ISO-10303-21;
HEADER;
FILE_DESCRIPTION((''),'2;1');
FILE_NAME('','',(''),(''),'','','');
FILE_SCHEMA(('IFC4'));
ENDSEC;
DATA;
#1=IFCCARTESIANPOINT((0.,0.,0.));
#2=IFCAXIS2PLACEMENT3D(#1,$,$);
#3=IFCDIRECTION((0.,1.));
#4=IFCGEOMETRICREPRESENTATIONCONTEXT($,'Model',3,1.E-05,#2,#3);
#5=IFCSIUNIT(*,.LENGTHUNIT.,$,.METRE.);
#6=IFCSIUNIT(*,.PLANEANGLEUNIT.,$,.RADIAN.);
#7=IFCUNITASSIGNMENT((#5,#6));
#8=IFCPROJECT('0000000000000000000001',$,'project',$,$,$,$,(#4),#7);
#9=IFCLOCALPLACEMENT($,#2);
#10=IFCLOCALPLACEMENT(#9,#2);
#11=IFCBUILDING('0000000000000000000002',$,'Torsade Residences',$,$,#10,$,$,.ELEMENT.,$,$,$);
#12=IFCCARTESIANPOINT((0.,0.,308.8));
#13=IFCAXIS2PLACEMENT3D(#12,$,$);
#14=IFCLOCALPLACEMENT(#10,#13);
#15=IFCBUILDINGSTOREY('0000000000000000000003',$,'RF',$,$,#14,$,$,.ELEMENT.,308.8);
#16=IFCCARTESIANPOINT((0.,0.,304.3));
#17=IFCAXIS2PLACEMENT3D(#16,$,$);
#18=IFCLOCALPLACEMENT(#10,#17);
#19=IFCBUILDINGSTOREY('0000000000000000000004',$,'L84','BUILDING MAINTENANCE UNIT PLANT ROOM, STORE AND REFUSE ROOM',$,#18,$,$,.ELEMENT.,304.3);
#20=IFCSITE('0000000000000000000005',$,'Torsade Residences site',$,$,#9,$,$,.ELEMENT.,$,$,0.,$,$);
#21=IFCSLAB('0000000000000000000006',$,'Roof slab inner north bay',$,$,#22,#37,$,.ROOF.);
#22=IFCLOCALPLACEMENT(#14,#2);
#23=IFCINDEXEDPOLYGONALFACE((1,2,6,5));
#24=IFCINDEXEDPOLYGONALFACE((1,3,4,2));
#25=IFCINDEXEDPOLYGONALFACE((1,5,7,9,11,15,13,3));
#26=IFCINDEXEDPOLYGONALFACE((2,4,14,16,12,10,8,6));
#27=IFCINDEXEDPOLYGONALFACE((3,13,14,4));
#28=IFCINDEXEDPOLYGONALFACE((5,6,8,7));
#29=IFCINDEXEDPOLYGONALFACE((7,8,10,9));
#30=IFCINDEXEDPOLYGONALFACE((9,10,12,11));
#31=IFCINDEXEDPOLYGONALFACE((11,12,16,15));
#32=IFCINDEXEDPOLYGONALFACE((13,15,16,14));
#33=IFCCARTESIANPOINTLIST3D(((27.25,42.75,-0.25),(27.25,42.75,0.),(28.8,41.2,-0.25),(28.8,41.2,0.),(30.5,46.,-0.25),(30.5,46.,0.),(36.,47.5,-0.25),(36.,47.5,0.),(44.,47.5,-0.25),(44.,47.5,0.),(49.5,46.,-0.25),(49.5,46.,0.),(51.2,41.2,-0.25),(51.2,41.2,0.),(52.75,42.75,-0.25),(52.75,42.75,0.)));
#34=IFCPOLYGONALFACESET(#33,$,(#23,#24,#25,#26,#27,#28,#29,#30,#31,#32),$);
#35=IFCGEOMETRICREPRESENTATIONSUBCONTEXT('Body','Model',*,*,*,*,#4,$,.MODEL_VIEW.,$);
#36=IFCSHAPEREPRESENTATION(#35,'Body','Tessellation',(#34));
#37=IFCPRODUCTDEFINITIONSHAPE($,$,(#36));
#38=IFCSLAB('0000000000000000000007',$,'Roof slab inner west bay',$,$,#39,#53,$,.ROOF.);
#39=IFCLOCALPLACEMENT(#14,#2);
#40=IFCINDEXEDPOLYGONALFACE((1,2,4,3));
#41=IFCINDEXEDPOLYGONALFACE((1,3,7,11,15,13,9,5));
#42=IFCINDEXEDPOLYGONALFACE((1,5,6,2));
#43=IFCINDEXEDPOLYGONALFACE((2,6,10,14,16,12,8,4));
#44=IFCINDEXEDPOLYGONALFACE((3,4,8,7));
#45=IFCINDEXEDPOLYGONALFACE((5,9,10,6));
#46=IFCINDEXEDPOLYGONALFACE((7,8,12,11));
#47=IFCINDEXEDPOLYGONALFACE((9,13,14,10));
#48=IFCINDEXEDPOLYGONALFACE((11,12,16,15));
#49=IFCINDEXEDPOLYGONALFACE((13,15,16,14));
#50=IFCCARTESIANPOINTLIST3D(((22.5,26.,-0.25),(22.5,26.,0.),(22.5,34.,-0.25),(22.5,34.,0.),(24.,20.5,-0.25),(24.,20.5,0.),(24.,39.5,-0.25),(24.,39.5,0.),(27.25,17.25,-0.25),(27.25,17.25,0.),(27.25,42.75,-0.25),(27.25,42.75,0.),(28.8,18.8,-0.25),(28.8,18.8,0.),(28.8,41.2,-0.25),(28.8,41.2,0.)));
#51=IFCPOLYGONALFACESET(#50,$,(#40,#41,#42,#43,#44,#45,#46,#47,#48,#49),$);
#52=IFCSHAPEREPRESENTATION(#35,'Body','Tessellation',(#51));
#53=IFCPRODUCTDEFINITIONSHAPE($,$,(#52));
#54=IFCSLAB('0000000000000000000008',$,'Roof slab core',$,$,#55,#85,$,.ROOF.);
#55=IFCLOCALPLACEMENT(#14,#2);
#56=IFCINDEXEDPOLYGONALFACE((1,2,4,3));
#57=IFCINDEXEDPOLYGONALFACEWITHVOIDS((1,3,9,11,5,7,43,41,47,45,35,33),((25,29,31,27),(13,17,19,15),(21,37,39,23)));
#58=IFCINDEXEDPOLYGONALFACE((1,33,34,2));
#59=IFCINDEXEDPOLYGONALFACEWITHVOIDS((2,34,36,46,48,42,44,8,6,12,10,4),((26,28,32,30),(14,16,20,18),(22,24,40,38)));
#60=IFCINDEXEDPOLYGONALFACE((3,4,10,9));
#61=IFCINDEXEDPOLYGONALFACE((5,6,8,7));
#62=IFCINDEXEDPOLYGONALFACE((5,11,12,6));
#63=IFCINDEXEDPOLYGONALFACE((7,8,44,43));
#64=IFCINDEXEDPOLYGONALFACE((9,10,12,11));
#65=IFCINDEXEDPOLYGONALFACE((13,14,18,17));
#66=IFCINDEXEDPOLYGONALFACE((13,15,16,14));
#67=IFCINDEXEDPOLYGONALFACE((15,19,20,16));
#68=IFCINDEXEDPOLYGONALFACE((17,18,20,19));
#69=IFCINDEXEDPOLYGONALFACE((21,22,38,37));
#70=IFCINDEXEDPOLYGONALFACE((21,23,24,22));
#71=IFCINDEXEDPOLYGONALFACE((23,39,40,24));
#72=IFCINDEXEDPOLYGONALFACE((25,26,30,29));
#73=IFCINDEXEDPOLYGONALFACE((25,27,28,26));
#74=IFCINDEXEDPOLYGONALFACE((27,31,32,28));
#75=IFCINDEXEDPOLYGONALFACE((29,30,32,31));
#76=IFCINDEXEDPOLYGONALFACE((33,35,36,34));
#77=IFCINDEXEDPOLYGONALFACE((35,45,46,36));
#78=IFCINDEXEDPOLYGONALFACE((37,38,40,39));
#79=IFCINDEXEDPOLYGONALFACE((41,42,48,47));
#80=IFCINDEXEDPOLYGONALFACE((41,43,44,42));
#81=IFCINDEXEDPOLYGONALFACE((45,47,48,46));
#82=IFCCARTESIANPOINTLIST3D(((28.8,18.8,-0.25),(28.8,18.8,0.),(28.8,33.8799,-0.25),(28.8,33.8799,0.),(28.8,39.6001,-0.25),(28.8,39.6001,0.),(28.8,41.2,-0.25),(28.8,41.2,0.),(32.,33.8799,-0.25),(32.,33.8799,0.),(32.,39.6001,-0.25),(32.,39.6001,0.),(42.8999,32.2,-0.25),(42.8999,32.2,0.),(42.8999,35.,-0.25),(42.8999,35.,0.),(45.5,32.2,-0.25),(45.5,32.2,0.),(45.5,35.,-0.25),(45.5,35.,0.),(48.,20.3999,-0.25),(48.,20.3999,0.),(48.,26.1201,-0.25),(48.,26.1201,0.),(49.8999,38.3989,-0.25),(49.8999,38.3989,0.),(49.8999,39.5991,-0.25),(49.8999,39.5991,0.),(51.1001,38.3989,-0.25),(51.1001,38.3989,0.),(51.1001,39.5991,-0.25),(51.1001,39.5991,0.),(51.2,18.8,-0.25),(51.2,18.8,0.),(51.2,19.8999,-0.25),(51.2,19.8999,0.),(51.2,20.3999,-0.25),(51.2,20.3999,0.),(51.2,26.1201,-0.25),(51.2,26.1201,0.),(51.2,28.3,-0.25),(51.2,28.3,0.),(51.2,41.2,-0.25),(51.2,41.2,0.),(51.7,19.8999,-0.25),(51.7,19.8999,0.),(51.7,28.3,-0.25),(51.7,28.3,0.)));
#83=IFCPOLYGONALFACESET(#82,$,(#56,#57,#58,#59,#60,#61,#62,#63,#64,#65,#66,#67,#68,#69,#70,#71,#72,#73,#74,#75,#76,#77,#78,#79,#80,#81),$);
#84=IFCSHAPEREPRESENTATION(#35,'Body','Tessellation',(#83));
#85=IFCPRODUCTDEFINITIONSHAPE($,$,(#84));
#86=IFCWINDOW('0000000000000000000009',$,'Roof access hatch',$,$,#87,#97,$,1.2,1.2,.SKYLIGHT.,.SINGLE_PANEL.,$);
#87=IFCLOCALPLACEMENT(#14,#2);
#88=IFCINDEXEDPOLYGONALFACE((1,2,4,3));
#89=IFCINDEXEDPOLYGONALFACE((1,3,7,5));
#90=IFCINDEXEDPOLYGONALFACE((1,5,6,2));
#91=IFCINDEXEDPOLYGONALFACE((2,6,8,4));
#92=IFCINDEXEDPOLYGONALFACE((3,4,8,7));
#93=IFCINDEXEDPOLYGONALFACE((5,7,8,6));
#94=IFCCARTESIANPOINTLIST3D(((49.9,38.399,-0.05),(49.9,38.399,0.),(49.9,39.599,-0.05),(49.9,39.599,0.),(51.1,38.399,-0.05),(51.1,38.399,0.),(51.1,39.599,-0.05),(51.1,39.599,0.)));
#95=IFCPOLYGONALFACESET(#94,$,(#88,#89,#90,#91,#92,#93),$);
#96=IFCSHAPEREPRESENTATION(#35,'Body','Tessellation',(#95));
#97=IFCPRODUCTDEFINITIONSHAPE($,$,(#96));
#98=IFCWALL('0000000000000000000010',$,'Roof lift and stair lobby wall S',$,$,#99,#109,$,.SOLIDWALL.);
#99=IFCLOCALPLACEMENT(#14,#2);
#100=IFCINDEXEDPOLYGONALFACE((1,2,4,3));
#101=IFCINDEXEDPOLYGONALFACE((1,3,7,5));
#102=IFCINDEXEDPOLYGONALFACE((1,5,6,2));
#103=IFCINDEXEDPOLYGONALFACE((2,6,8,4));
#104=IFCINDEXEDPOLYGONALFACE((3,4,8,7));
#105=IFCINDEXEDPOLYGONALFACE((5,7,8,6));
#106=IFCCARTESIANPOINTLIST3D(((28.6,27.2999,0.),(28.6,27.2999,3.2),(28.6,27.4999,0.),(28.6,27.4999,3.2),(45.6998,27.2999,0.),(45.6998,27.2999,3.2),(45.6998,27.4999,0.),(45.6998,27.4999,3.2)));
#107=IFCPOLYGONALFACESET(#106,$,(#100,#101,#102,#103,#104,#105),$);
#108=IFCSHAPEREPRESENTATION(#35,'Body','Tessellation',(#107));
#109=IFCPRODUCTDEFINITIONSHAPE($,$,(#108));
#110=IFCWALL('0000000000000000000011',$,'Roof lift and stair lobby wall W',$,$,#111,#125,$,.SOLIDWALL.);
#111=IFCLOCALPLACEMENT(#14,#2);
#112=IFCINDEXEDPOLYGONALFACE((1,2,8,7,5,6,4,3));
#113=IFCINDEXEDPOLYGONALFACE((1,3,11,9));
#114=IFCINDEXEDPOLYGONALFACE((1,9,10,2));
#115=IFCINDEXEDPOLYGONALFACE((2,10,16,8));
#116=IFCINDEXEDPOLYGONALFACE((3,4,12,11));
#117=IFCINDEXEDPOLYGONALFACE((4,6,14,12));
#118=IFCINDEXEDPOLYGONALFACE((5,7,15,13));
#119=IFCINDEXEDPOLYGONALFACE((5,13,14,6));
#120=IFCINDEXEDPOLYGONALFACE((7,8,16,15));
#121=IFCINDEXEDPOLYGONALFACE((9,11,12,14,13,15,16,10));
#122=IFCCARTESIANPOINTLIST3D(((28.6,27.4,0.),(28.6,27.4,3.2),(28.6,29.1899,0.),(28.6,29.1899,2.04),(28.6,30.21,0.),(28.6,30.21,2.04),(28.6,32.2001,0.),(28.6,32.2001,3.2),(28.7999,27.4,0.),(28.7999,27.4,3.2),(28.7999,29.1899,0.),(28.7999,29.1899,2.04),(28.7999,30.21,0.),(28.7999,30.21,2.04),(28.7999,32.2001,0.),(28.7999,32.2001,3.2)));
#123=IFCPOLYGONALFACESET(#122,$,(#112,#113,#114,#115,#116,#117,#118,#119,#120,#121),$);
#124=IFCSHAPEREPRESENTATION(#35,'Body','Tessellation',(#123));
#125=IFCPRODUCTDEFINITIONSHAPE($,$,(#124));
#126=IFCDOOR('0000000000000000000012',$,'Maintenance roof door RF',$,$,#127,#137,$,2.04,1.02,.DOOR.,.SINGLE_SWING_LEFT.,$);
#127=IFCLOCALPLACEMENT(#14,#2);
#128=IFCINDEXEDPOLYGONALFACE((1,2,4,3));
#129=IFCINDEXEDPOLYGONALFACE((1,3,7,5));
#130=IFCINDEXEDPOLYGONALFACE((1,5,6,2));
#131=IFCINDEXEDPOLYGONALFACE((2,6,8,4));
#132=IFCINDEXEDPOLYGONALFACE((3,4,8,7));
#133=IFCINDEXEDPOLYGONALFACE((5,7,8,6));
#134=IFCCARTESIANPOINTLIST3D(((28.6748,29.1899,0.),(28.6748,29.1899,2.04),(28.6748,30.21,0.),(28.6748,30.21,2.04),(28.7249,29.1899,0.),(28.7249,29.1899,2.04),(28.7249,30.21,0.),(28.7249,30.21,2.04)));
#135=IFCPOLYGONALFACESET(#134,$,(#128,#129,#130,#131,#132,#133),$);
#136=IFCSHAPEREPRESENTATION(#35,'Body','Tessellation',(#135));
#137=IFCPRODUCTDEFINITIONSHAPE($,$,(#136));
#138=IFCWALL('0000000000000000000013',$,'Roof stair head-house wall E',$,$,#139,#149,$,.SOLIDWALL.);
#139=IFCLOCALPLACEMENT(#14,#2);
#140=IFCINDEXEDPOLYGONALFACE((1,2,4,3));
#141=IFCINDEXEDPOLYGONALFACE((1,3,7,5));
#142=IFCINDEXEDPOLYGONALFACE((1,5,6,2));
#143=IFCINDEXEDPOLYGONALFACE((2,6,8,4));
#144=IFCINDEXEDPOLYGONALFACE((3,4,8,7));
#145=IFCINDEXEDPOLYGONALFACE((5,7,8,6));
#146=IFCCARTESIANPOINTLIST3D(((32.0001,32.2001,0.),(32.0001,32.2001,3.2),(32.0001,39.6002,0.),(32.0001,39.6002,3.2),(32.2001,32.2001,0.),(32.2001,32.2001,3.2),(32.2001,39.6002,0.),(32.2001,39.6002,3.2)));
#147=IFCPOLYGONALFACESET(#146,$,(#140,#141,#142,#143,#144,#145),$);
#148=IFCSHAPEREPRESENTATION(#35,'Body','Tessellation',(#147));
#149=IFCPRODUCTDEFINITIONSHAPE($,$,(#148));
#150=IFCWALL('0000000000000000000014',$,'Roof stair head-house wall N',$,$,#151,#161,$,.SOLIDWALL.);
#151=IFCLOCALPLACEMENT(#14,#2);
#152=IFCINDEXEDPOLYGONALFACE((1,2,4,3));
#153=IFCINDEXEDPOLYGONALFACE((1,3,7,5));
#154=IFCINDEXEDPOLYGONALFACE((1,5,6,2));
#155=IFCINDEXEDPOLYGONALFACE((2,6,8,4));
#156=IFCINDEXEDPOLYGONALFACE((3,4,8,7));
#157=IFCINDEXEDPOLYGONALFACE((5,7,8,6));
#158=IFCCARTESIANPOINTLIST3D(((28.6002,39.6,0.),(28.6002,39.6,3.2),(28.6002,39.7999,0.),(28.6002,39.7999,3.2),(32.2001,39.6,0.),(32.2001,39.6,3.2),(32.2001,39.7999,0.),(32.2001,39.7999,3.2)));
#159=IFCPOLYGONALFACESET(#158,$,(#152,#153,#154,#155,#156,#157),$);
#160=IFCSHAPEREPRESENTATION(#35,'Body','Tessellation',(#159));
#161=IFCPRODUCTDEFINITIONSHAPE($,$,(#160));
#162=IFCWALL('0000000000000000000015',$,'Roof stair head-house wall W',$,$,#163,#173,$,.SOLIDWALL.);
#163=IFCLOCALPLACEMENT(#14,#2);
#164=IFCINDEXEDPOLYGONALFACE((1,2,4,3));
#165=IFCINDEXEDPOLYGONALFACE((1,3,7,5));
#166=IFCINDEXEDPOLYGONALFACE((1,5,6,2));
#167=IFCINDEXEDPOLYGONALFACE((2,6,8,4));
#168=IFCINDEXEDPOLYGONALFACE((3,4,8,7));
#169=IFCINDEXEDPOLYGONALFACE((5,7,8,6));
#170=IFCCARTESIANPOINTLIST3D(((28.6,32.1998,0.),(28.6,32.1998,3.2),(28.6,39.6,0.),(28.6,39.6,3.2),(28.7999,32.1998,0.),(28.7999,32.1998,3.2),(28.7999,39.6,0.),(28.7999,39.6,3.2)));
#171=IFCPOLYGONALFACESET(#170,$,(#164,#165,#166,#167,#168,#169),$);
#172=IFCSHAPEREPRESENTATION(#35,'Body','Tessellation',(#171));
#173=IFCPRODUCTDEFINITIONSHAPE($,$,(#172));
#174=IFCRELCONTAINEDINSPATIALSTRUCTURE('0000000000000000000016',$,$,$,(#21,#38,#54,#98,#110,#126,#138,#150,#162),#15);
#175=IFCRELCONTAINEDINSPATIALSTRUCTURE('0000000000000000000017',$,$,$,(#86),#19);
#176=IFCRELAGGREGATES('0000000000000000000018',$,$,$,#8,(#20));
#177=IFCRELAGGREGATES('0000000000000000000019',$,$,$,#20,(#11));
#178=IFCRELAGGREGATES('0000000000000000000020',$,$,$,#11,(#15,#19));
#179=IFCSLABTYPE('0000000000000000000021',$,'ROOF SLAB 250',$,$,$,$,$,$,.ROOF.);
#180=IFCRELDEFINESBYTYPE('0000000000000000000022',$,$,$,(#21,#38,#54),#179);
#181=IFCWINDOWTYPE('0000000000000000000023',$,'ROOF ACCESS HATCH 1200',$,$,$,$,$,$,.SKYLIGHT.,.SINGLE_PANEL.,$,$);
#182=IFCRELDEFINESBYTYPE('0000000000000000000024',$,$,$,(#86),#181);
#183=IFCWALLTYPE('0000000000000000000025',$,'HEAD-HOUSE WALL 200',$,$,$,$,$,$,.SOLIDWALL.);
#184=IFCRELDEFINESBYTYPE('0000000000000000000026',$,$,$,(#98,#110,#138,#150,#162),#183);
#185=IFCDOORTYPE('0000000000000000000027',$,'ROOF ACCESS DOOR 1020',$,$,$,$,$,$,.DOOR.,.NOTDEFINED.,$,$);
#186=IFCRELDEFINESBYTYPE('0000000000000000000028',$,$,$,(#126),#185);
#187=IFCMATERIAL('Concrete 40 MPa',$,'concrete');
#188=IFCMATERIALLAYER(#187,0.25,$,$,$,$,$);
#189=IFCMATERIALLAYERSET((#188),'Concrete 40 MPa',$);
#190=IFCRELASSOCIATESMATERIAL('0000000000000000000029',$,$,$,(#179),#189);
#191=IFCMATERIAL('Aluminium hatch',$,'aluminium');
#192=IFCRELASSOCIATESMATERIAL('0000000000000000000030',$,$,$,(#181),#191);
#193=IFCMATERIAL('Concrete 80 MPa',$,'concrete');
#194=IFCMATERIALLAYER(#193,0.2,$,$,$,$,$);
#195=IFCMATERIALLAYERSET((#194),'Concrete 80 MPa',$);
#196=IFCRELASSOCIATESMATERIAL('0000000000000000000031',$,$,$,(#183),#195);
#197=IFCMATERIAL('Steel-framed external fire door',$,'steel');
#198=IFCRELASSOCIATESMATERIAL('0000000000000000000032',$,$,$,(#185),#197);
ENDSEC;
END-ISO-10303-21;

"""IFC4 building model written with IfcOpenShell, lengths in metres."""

from ifc_helpers import new_model, si_unit, direction, frame, frame_2d, origin, origin_2d, place, context, subcontext, project, spatial, polyline, rectangle, outline, extrude, material, layer, layer_set, type_object, element, fill, save


model = new_model("IFC4")

# Units and contexts
model_context = context("Model", 3, precision=1e-05, world=origin(), true_north=direction((0.0, 1.0)))
body_context = subcontext(model_context, "Body", "Model", "MODEL_VIEW")
ifc_project = project(units=[si_unit("LENGTHUNIT", "METRE"), si_unit("PLANEANGLEUNIT", "RADIAN")], contexts=[model_context])

# Site, building, storey
site_placement = place(None, origin())
site = spatial("IfcSite", under=ifc_project, at=site_placement, Name="Torsade Residences site", CompositionType="ELEMENT", RefElevation=0.0)
building_placement = place(site_placement, origin())
building = spatial("IfcBuilding", under=site, at=building_placement, Name="Torsade Residences", CompositionType="ELEMENT")
storey_1_placement = place(building_placement, frame((0.0, 0.0, 308.8)))
storey_1 = spatial("IfcBuildingStorey", under=building, at=storey_1_placement, Name="RF", CompositionType="ELEMENT", Elevation=308.8)

# Slabs
ifc_material_1 = material(Name="Concrete 40 MPa", Category="concrete")
ifc_layer_1 = layer(ifc_material_1, 0.25)
ifc_layer_set_1 = layer_set([ifc_layer_1], Name="Concrete 40 MPa")
slab_type = type_object("IfcSlabType", Name="ROOF SLAB 250", PredefinedType="ROOF", material=ifc_layer_set_1)
slab_1_placement = place(storey_1_placement, frame((0.0, 0.0, -0.25)))
element("IfcSlab", 1, at=slab_1_placement, inside=storey_1, type_object=slab_type, Name="Roof slab inner north bay", PredefinedType="ROOF", context=body_context, shape_type="SweptSolid", body=[
    extrude(outline(polyline([(27.25, 42.75), (28.8, 41.2), (51.2, 41.2), (52.75, 42.75), (49.5, 46.0), (44.0, 47.5), (36.0, 47.5), (30.5, 46.0), (27.25, 42.75)])), origin(), (0.0, 0.0, 1.0), 0.25),
])
slab_2_placement = place(storey_1_placement, frame((0.0, 0.0, -0.25)))
element("IfcSlab", 2, at=slab_2_placement, inside=storey_1, type_object=slab_type, Name="Roof slab inner west bay", PredefinedType="ROOF", context=body_context, shape_type="SweptSolid", body=[
    extrude(outline(polyline([(27.25, 17.25), (28.8, 18.8), (28.8, 41.2), (27.25, 42.75), (24.0, 39.5), (22.5, 34.0), (22.5, 26.0), (24.0, 20.5), (27.25, 17.25)])), origin(), (0.0, 0.0, 1.0), 0.25),
])

# Slab, opening
slab_3_placement = place(storey_1_placement, frame((0.0, 0.0, -0.25)))
slab_3 = element("IfcSlab", 3, at=slab_3_placement, inside=storey_1, type_object=slab_type, Name="Roof slab core", PredefinedType="ROOF", context=body_context, shape_type="SweptSolid", body=[
    extrude(outline(polyline([(51.2, 28.3), (51.2, 41.2), (28.8, 41.2), (28.8, 39.6001), (32.0, 39.6001), (32.0, 33.8799), (28.8, 33.8799), (28.8, 18.8), (51.2, 18.8), (51.2, 19.8999), (51.7, 19.8999), (51.7, 28.3), (51.2, 28.3)]), holes=[polyline([(51.2, 26.1201), (48.0, 26.1201), (48.0, 20.3999), (51.2, 20.3999), (51.2, 26.1201)]), polyline([(45.5, 32.2), (45.5, 35.0), (42.8999, 35.0), (42.8999, 32.2), (45.5, 32.2)]), polyline([(49.8999, 38.3989), (51.1001, 38.3989), (51.1001, 39.5991), (49.8999, 39.5991), (49.8999, 38.3989)])]), origin(), (0.0, 0.0, 1.0), 0.25),
])
opening_1_placement = place(slab_3_placement, frame((50.5, 38.999, 0.0)))
opening_1 = element("IfcOpeningElement", 4, at=opening_1_placement, cuts=slab_3, PredefinedType="OPENING", context=body_context, shape_type="SweptSolid", body=[
    extrude(rectangle(XDim=1.2, YDim=1.2, at=origin_2d()), origin(), (0.0, 0.0, 1.0), 0.25),
])

# Shared definitions
storey_2_placement = place(building_placement, frame((0.0, 0.0, 304.3)))
storey_2 = spatial("IfcBuildingStorey", under=building, at=storey_2_placement, Name="L84", Description="BUILDING MAINTENANCE UNIT PLANT ROOM, STORE AND REFUSE ROOM", CompositionType="ELEMENT", Elevation=304.3)

# Window
ifc_material_2 = material(Name="Aluminium hatch", Category="aluminium")
window_type = type_object("IfcWindowType", Name="ROOF ACCESS HATCH 1200", PartitioningType="SINGLE_PANEL", PredefinedType="SKYLIGHT", material=ifc_material_2)
window_placement = place(opening_1_placement, frame((0.0, 0.0, 0.2)))
window = element("IfcWindow", 5, at=window_placement, inside=storey_2, type_object=window_type, Name="Roof access hatch", OverallHeight=1.2, OverallWidth=1.2, PartitioningType="SINGLE_PANEL", PredefinedType="SKYLIGHT", context=body_context, shape_type="SweptSolid", body=[
    extrude(rectangle(XDim=1.2, YDim=1.2, at=origin_2d()), origin(), (0.0, 0.0, 1.0), 0.05),
])
fill(opening_1, window)

# Wall
ifc_material_3 = material(Name="Concrete 80 MPa", Category="concrete")
ifc_layer_2 = layer(ifc_material_3, 0.2)
ifc_layer_set_2 = layer_set([ifc_layer_2], Name="Concrete 80 MPa")
wall_type_1 = type_object("IfcWallType", Name="HEAD-HOUSE WALL 200", PredefinedType="SOLIDWALL", material=ifc_layer_set_2)
wall_1_placement = place(storey_1_placement, frame((28.6001, 27.3999, 0.0), z_axis=(0.0, 0.0, 1.0), x_axis=(1.0, 0.0, 0.0)))
element("IfcWall", 6, at=wall_1_placement, inside=storey_1, type_object=wall_type_1, Name="Roof lift and stair lobby wall S", PredefinedType="SOLIDWALL", context=body_context, shape_type="SweptSolid", body=[
    extrude(rectangle(XDim=17.0999, YDim=0.2, at=frame_2d((8.5498, 0.0))), origin(), (0.0, 0.0, 1.0), 3.2),
])

# Wall, opening, door
wall_2_placement = place(storey_1_placement, frame((28.7, 32.2, 0.0), z_axis=(0.0, 0.0, 1.0), x_axis=(0.0, -1.0, 0.0)))
wall_2 = element("IfcWall", 7, at=wall_2_placement, inside=storey_1, type_object=wall_type_1, Name="Roof lift and stair lobby wall W", PredefinedType="SOLIDWALL", context=body_context, shape_type="SweptSolid", body=[
    extrude(rectangle(XDim=4.8, YDim=0.2, at=frame_2d((2.3999, 0.0))), origin(), (0.0, 0.0, 1.0), 3.2),
])
opening_2_placement = place(wall_2_placement, frame((1.99, 0.0, 0.0)))
opening_2 = element("IfcOpeningElement", 8, at=opening_2_placement, cuts=wall_2, PredefinedType="OPENING", context=body_context, shape_type="SweptSolid", body=[
    extrude(rectangle(XDim=1.02, YDim=2.04, at=frame_2d((0.51, 1.02))), frame((0.0, 0.1099, 0.0), z_axis=(0.0, -1.0, 0.0), x_axis=(1.0, 0.0, 0.0)), (0.0, 0.0, 1.0), 0.22),
])
ifc_material_4 = material(Name="Steel-framed external fire door", Category="steel")
door_type_1 = type_object("IfcDoorType", Name="ROOF ACCESS DOOR 1020", OperationType="NOTDEFINED", PredefinedType="DOOR", material=ifc_material_4)
door_1_placement = place(opening_2_placement, origin())
door_1 = element("IfcDoor", 9, at=door_1_placement, inside=storey_1, type_object=door_type_1, Name="Maintenance roof door RF", OperationType="SINGLE_SWING_LEFT", OverallHeight=2.04, OverallWidth=1.02, PredefinedType="DOOR", context=body_context, shape_type="SweptSolid", body=[
    extrude(rectangle(XDim=1.02, YDim=2.04, at=frame_2d((0.51, 1.02))), frame((0.0, 0.0249, 0.0), z_axis=(0.0, -1.0, 0.0), x_axis=(1.0, 0.0, 0.0)), (0.0, 0.0, 1.0), 0.05),
])
fill(opening_2, door_1)

# Walls
wall_3_placement = place(storey_1_placement, frame((32.1001, 32.2, 0.0), z_axis=(0.0, 0.0, 1.0), x_axis=(0.0, 1.0, 0.0)))
element("IfcWall", 10, at=wall_3_placement, inside=storey_1, type_object=wall_type_1, Name="Roof stair head-house wall E", PredefinedType="SOLIDWALL", context=body_context, shape_type="SweptSolid", body=[
    extrude(rectangle(XDim=7.4001, YDim=0.2, at=frame_2d((3.7002, 0.0))), origin(), (0.0, 0.0, 1.0), 3.2),
])
wall_4_placement = place(storey_1_placement, frame((32.2, 39.7, 0.0), z_axis=(0.0, 0.0, 1.0), x_axis=(-1.0, 0.0, 0.0)))
element("IfcWall", 11, at=wall_4_placement, inside=storey_1, type_object=wall_type_1, Name="Roof stair head-house wall N", PredefinedType="SOLIDWALL", context=body_context, shape_type="SweptSolid", body=[
    extrude(rectangle(XDim=3.5999, YDim=0.2, at=frame_2d((1.7998, 0.0))), origin(), (0.0, 0.0, 1.0), 3.2),
])
wall_5_placement = place(storey_1_placement, frame((28.7, 39.6001, 0.0), z_axis=(0.0, 0.0, 1.0), x_axis=(0.0, -1.0, 0.0)))
element("IfcWall", 12, at=wall_5_placement, inside=storey_1, type_object=wall_type_1, Name="Roof stair head-house wall W", PredefinedType="SOLIDWALL", context=body_context, shape_type="SweptSolid", body=[
    extrude(rectangle(XDim=7.4001, YDim=0.2, at=frame_2d((3.7002, 0.0))), origin(), (0.0, 0.0, 1.0), 3.2),
])

save(model, "model.ifc")
